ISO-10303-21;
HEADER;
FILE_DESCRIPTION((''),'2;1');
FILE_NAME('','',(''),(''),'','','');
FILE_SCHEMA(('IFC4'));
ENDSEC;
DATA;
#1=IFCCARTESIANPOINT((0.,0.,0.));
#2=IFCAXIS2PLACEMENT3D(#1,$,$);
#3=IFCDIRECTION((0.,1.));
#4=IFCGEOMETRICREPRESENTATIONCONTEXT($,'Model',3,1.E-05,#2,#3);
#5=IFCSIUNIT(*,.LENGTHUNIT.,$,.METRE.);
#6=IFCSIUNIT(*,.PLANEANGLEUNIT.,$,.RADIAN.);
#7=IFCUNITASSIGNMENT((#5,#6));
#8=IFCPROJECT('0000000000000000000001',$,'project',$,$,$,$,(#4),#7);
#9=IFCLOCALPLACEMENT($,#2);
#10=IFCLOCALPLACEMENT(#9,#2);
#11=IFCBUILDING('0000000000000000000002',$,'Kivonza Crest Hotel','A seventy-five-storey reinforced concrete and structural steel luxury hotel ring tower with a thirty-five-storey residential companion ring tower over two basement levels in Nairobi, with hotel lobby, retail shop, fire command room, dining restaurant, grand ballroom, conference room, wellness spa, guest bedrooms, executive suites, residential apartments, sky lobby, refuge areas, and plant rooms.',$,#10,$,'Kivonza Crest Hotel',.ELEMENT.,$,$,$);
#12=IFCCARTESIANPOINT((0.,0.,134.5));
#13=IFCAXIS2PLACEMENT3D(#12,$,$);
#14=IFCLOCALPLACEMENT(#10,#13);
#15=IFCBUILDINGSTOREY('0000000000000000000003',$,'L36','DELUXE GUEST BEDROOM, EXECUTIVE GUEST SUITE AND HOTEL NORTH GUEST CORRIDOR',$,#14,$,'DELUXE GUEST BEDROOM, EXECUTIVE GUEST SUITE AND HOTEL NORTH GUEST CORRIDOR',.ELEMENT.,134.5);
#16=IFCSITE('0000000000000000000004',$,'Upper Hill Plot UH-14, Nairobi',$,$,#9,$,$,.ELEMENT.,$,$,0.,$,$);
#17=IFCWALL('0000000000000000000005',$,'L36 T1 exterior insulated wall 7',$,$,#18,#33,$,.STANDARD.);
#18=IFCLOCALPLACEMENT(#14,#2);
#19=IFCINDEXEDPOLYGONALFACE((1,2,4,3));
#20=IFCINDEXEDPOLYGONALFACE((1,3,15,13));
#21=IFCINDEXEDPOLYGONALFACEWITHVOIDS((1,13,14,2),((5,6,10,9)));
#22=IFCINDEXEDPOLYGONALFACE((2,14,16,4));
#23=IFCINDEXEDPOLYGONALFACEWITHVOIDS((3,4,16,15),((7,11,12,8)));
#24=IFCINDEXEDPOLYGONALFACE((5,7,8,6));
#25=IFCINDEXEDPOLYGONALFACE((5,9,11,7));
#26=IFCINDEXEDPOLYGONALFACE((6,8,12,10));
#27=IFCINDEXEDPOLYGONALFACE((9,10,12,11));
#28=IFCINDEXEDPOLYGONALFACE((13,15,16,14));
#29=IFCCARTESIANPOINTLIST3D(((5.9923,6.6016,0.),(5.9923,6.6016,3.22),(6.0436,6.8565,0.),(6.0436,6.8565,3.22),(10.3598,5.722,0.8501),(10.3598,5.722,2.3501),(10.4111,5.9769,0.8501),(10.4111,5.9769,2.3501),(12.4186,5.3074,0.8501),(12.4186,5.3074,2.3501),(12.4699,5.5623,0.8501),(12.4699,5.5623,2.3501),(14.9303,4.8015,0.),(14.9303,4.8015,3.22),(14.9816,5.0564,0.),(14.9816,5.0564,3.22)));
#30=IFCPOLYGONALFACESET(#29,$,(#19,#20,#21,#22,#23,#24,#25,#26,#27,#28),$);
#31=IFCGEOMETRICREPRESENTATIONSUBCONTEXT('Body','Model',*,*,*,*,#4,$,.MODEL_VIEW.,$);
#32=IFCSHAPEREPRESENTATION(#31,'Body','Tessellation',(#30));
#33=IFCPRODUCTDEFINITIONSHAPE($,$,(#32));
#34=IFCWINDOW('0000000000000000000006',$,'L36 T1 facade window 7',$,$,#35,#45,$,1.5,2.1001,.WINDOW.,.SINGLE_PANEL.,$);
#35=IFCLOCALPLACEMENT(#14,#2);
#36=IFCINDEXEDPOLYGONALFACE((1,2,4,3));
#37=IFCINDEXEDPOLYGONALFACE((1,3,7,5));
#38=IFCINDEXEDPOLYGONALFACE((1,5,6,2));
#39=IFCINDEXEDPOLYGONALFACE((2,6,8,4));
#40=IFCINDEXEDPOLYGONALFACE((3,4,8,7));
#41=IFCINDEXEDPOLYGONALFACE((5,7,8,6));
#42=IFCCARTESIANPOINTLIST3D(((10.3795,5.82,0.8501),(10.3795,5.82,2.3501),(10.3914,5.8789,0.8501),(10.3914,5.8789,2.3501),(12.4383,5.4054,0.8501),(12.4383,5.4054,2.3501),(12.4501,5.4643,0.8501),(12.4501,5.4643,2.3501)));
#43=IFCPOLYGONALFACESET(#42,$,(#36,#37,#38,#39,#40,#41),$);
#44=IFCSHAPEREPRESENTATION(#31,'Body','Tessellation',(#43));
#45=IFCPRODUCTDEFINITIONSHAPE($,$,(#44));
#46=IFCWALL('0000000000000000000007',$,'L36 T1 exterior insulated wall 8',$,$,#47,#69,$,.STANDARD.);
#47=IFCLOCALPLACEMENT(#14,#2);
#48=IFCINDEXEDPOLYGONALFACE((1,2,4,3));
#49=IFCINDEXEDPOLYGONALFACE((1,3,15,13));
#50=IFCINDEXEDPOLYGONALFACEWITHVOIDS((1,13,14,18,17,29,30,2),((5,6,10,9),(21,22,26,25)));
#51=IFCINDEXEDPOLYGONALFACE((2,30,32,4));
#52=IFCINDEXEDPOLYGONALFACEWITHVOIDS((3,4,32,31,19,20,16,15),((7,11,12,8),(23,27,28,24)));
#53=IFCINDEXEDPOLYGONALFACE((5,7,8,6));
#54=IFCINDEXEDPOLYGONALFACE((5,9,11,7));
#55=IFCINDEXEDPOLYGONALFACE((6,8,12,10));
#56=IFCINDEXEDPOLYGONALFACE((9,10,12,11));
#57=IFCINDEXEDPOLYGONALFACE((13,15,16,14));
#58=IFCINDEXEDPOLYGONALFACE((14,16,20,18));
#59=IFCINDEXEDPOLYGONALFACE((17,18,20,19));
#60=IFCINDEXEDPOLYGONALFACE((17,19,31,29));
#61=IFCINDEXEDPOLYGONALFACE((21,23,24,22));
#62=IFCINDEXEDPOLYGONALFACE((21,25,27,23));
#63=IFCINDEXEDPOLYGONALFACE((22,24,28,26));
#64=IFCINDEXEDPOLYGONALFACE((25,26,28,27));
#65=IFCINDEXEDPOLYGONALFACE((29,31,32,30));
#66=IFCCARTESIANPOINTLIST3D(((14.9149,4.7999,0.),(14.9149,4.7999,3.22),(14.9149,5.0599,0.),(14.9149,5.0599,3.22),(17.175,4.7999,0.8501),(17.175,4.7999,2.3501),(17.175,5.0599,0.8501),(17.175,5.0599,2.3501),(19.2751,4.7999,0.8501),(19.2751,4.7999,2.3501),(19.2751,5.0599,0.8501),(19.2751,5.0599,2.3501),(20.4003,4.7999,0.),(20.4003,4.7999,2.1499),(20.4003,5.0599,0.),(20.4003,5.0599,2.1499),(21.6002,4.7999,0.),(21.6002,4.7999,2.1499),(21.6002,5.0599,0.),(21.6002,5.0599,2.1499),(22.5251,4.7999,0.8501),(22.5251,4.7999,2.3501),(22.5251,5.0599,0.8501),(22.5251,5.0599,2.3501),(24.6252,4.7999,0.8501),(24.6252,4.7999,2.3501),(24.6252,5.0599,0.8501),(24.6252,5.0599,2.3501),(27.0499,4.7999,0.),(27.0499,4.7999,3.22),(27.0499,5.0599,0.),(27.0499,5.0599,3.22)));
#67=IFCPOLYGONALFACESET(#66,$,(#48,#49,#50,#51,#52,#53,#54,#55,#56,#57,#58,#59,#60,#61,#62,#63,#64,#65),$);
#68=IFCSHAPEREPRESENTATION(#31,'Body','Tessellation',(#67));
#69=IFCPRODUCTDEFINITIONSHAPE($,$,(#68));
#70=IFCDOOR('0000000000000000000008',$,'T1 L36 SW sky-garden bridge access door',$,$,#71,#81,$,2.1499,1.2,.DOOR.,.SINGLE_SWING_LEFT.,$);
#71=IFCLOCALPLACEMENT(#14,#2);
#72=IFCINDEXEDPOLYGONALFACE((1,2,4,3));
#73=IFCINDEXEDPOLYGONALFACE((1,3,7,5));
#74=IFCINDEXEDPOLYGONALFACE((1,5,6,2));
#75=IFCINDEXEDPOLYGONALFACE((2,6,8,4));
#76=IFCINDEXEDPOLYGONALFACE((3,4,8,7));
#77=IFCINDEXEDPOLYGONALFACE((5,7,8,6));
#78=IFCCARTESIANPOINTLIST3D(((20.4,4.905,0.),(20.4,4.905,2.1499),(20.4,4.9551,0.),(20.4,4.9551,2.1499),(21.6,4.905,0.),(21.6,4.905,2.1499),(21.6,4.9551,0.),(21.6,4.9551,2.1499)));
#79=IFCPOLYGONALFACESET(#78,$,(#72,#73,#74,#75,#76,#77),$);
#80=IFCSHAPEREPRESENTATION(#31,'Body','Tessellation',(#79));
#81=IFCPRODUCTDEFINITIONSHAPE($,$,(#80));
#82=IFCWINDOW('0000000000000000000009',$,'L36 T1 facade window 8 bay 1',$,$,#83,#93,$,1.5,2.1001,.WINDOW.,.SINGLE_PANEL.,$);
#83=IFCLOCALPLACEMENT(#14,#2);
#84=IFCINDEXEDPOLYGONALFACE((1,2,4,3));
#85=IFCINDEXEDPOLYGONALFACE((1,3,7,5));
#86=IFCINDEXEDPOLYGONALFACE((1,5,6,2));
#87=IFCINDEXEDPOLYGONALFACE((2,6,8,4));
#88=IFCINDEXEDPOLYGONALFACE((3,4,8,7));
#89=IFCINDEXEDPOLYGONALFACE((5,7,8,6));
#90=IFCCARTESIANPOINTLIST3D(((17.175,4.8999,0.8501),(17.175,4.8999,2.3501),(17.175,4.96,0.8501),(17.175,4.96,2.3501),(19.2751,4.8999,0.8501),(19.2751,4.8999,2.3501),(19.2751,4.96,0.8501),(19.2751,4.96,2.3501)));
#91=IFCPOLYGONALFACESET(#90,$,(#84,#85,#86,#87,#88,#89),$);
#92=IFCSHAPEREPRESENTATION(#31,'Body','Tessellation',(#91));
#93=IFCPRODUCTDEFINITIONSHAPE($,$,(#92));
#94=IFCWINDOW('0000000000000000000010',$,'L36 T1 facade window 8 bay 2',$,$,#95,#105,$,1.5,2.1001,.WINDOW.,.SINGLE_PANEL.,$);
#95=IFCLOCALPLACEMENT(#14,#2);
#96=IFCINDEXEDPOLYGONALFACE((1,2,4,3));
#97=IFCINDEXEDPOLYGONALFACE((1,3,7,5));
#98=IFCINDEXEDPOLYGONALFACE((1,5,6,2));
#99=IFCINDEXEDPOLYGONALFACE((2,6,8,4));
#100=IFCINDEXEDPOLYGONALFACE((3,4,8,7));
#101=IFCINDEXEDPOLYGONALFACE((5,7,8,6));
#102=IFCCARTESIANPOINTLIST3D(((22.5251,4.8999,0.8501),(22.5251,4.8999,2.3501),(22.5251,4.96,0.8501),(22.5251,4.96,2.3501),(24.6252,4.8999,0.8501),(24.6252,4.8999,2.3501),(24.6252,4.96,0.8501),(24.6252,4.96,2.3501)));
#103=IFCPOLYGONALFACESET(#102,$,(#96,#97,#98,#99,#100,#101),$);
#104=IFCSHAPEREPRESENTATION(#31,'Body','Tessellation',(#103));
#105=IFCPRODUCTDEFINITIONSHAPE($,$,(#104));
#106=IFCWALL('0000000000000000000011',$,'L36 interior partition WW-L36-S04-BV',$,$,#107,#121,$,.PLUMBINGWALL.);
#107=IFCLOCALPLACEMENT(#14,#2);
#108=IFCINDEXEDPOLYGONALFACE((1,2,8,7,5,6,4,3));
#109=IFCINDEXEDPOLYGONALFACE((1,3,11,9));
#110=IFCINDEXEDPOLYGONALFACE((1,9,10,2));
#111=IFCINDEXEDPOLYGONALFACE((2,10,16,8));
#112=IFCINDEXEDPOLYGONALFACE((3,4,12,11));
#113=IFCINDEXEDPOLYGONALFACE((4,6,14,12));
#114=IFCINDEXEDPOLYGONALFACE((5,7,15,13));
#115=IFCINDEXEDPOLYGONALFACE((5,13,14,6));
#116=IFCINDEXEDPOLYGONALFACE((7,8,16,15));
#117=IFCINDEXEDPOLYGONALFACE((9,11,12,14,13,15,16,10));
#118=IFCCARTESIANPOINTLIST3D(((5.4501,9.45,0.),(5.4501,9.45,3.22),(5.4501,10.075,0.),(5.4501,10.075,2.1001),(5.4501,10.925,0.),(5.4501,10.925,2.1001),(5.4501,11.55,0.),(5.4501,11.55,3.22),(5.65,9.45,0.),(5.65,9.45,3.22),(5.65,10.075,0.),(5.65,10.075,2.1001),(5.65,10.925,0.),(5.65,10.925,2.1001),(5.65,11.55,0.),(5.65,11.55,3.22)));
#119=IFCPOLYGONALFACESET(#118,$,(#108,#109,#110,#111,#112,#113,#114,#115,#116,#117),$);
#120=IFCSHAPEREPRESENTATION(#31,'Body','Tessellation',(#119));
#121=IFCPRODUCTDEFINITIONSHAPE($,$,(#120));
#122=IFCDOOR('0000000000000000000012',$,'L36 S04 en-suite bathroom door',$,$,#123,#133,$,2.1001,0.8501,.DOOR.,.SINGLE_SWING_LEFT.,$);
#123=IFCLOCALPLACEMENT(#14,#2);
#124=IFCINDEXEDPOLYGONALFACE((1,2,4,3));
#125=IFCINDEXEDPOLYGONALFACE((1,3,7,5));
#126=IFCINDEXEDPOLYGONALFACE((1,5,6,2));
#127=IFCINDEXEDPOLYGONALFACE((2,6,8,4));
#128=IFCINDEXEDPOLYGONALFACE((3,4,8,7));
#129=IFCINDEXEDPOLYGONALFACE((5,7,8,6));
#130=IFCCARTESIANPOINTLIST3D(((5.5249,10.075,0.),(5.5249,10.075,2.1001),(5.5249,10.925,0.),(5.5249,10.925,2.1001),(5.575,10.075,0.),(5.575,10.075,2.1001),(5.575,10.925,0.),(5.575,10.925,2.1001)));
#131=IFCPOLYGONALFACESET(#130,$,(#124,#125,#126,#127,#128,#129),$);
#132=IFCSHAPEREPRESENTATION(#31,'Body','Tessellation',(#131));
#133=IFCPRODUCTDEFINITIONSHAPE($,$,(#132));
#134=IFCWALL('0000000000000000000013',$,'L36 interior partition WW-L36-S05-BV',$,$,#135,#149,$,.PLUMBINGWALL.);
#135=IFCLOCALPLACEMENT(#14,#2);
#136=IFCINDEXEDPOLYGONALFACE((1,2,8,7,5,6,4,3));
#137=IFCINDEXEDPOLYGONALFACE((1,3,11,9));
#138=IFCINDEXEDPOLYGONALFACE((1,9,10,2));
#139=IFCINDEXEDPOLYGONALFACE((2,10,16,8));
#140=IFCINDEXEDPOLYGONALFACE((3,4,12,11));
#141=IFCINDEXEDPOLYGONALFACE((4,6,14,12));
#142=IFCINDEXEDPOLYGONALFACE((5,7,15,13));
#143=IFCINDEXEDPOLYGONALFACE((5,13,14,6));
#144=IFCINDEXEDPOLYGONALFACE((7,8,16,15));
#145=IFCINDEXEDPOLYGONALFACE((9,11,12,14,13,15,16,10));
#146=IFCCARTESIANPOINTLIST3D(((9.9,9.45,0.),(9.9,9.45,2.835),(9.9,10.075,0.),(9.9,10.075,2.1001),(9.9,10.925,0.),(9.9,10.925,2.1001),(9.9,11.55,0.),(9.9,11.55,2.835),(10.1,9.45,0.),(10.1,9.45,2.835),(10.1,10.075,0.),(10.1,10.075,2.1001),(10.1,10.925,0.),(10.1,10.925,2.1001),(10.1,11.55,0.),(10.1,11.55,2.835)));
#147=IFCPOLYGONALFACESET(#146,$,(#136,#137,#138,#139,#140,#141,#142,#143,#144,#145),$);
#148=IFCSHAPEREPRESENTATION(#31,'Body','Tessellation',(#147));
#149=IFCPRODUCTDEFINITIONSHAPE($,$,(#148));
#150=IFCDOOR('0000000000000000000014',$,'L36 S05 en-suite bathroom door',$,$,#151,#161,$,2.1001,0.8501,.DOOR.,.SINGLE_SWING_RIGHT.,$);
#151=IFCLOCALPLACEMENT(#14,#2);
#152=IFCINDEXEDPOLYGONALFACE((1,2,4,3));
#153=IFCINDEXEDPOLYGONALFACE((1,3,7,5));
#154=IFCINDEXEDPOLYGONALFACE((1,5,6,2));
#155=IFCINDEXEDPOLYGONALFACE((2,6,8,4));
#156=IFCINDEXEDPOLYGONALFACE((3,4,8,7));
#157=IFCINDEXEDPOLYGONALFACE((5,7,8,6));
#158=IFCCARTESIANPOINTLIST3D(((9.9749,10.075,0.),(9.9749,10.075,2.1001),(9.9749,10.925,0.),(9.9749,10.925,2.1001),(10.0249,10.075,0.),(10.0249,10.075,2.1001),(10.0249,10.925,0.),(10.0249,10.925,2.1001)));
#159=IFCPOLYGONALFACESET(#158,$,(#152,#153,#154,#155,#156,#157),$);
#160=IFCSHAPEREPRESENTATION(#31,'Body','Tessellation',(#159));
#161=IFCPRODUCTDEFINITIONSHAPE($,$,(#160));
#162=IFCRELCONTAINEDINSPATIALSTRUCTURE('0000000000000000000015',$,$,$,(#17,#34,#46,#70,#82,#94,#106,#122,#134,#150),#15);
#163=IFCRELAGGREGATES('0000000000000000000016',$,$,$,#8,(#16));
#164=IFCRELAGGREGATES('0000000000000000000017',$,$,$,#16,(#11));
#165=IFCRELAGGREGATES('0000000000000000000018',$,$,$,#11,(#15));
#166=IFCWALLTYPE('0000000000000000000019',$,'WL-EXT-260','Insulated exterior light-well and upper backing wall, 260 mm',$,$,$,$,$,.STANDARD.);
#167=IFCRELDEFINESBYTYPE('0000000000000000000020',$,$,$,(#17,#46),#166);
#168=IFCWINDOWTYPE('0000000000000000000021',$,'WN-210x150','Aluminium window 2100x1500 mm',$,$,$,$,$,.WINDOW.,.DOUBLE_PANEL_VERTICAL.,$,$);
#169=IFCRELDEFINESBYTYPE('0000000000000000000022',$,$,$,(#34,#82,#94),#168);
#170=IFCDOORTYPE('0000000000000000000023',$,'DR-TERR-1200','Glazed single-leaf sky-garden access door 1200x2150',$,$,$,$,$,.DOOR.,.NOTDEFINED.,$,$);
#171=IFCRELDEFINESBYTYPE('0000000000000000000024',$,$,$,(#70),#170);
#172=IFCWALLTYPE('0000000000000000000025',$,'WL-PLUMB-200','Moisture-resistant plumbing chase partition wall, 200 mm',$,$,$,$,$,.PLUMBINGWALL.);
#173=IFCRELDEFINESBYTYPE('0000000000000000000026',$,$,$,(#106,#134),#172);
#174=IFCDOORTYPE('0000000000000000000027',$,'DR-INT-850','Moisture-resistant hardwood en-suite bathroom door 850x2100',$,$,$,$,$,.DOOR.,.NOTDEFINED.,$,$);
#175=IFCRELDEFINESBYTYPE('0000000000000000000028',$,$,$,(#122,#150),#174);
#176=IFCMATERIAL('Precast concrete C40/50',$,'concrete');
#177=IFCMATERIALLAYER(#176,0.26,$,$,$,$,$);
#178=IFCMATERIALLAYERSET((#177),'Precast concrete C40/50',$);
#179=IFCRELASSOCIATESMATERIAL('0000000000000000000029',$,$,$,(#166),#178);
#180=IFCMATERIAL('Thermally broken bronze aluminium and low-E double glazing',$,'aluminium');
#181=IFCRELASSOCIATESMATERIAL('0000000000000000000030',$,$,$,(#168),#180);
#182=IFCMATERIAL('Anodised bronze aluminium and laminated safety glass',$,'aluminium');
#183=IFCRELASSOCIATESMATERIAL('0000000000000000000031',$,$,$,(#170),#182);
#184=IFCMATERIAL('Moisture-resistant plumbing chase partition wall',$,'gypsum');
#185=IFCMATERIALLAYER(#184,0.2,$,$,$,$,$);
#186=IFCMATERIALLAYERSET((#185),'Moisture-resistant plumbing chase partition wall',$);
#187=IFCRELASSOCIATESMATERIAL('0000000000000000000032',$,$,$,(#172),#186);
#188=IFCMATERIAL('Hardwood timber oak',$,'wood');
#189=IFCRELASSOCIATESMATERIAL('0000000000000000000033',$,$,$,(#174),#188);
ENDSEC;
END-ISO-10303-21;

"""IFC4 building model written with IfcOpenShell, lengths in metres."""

from ifc_helpers import new_model, si_unit, direction, frame, frame_2d, origin, place, context, subcontext, project, spatial, rectangle, extrude, material, layer, layer_set, type_object, element, fill, save


model = new_model("IFC4")

# Units and contexts
model_context = context("Model", 3, precision=1e-05, world=origin(), true_north=direction((0.0, 1.0)))
body_context = subcontext(model_context, "Body", "Model", "MODEL_VIEW")
ifc_project = project(units=[si_unit("LENGTHUNIT", "METRE"), si_unit("PLANEANGLEUNIT", "RADIAN")], contexts=[model_context])

# Site, building, storey
site_placement = place(None, origin())
site = spatial("IfcSite", under=ifc_project, at=site_placement, Name="Upper Hill Plot UH-14, Nairobi", CompositionType="ELEMENT", RefElevation=0.0)
building_placement = place(site_placement, origin())
building = spatial("IfcBuilding", under=site, at=building_placement, Name="Kivonza Crest Hotel", Description="A seventy-five-storey reinforced concrete and structural steel luxury hotel ring tower with a thirty-five-storey residential companion ring tower over two basement levels in Nairobi, with hotel lobby, retail shop, fire command room, dining restaurant, grand ballroom, conference room, wellness spa, guest bedrooms, executive suites, residential apartments, sky lobby, refuge areas, and plant rooms.", LongName="Kivonza Crest Hotel", CompositionType="ELEMENT")
storey_placement = place(building_placement, frame((0.0, 0.0, 134.5)))
storey = spatial("IfcBuildingStorey", under=building, at=storey_placement, Name="L36", Description="DELUXE GUEST BEDROOM, EXECUTIVE GUEST SUITE AND HOTEL NORTH GUEST CORRIDOR", LongName="DELUXE GUEST BEDROOM, EXECUTIVE GUEST SUITE AND HOTEL NORTH GUEST CORRIDOR", CompositionType="ELEMENT", Elevation=134.5)

# Shared definitions
ifc_material_1 = material(Name="Hardwood timber oak", Category="wood")

# Shared definitions
ifc_material_2 = material(Name="Precast concrete C40/50", Category="concrete")
ifc_layer_1 = layer(ifc_material_2, 0.26)
ifc_layer_set_1 = layer_set([ifc_layer_1], Name="Precast concrete C40/50")
wall_type_1 = type_object("IfcWallType", Name="WL-EXT-260", Description="Insulated exterior light-well and upper backing wall, 260 mm", PredefinedType="STANDARD", material=ifc_layer_set_1)

# Wall, opening, window
ifc_material_3 = material(Name="Thermally broken bronze aluminium and low-E double glazing", Category="aluminium")
wall_1_placement = place(storey_placement, frame((6.0181, 6.729, 0.0), z_axis=(0.0, 0.0, 1.0), x_axis=(0.980317, -0.197429, 0.0)))
wall_1 = element("IfcWall", 1, at=wall_1_placement, inside=storey, type_object=wall_type_1, Name="L36 T1 exterior insulated wall 7", PredefinedType="STANDARD", context=body_context, shape_type="SweptSolid", body=[
    extrude(rectangle(XDim=9.1174, YDim=0.26, at=frame_2d((4.5586, 0.0))), origin(), (0.0, 0.0, 1.0), 3.22),
])
opening_1_placement = place(wall_1_placement, frame((4.4551, 0.0, 0.8501)))
opening_1 = element("IfcOpeningElement", 2, at=opening_1_placement, cuts=wall_1, PredefinedType="OPENING", context=body_context, shape_type="SweptSolid", body=[
    extrude(rectangle(XDim=2.1001, YDim=1.5, at=frame_2d((1.05, 0.75))), frame((0.0, 0.1401, 0.0), z_axis=(0.0, -1.0, 0.0), x_axis=(1.0, 0.0, 0.0)), (0.0, 0.0, 1.0), 0.28),
])
window_type_1 = type_object("IfcWindowType", Name="WN-210x150", Description="Aluminium window 2100x1500 mm", PartitioningType="DOUBLE_PANEL_VERTICAL", PredefinedType="WINDOW", material=ifc_material_3)
window_1_placement = place(opening_1_placement, origin())
window_1 = element("IfcWindow", 3, at=window_1_placement, inside=storey, type_object=window_type_1, Name="L36 T1 facade window 7", OverallHeight=1.5, OverallWidth=2.1001, PartitioningType="SINGLE_PANEL", PredefinedType="WINDOW", context=body_context, shape_type="SweptSolid", body=[
    extrude(rectangle(XDim=2.1001, YDim=1.5, at=frame_2d((1.05, 0.75))), frame((0.0, 0.03, 0.0), z_axis=(0.0, -1.0, 0.0), x_axis=(1.0, 0.0, 0.0)), (0.0, 0.0, 1.0), 0.0601),
])
fill(opening_1, window_1)

# Wall, openings, door, windows
wall_2_placement = place(storey_placement, frame((14.915, 4.9299, 0.0), z_axis=(0.0, 0.0, 1.0), x_axis=(1.0, 0.0, 0.0)))
wall_2 = element("IfcWall", 4, at=wall_2_placement, inside=storey, type_object=wall_type_1, Name="L36 T1 exterior insulated wall 8", PredefinedType="STANDARD", context=body_context, shape_type="SweptSolid", body=[
    extrude(rectangle(XDim=12.135, YDim=0.26, at=frame_2d((6.0674, 0.0))), origin(), (0.0, 0.0, 1.0), 3.22),
])
opening_2_placement = place(wall_2_placement, frame((5.4851, 0.0, 0.0)))
opening_2 = element("IfcOpeningElement", 5, at=opening_2_placement, cuts=wall_2, PredefinedType="OPENING", context=body_context, shape_type="SweptSolid", body=[
    extrude(rectangle(XDim=1.2, YDim=2.1499, at=frame_2d((0.6001, 1.075))), frame((0.0, 0.1401, 0.0), z_axis=(0.0, -1.0, 0.0), x_axis=(1.0, 0.0, 0.0)), (0.0, 0.0, 1.0), 0.28),
])
opening_3_placement = place(wall_2_placement, frame((2.26, 0.0, 0.8501)))
opening_3 = element("IfcOpeningElement", 6, at=opening_3_placement, cuts=wall_2, PredefinedType="OPENING", context=body_context, shape_type="SweptSolid", body=[
    extrude(rectangle(XDim=2.1001, YDim=1.5, at=frame_2d((1.05, 0.75))), frame((0.0, 0.1401, 0.0), z_axis=(0.0, -1.0, 0.0), x_axis=(1.0, 0.0, 0.0)), (0.0, 0.0, 1.0), 0.28),
])
opening_4_placement = place(wall_2_placement, frame((7.6101, 0.0, 0.8501)))
opening_4 = element("IfcOpeningElement", 7, at=opening_4_placement, cuts=wall_2, PredefinedType="OPENING", context=body_context, shape_type="SweptSolid", body=[
    extrude(rectangle(XDim=2.1001, YDim=1.5, at=frame_2d((1.05, 0.75))), frame((0.0, 0.1401, 0.0), z_axis=(0.0, -1.0, 0.0), x_axis=(1.0, 0.0, 0.0)), (0.0, 0.0, 1.0), 0.28),
])
ifc_material_4 = material(Name="Anodised bronze aluminium and laminated safety glass", Category="aluminium")
door_type_1 = type_object("IfcDoorType", Name="DR-TERR-1200", Description="Glazed single-leaf sky-garden access door 1200x2150", OperationType="NOTDEFINED", PredefinedType="DOOR", material=ifc_material_4)
door_1_placement = place(opening_2_placement, frame((1.2, 0.0, 0.0), z_axis=(0.0, 0.0, 1.0), x_axis=(-1.0, 0.0, 0.0)))
door_1 = element("IfcDoor", 8, at=door_1_placement, inside=storey, type_object=door_type_1, Name="T1 L36 SW sky-garden bridge access door", OperationType="SINGLE_SWING_LEFT", OverallHeight=2.1499, OverallWidth=1.2, PredefinedType="DOOR", context=body_context, shape_type="SweptSolid", body=[
    extrude(rectangle(XDim=1.2, YDim=2.1499, at=frame_2d((0.6001, 1.075))), frame((0.0, 0.0249, 0.0), z_axis=(0.0, -1.0, 0.0), x_axis=(1.0, 0.0, 0.0)), (0.0, 0.0, 1.0), 0.05),
])
fill(opening_2, door_1)
window_2_placement = place(opening_3_placement, origin())
window_2 = element("IfcWindow", 9, at=window_2_placement, inside=storey, type_object=window_type_1, Name="L36 T1 facade window 8 bay 1", OverallHeight=1.5, OverallWidth=2.1001, PartitioningType="SINGLE_PANEL", PredefinedType="WINDOW", context=body_context, shape_type="SweptSolid", body=[
    extrude(rectangle(XDim=2.1001, YDim=1.5, at=frame_2d((1.05, 0.75))), frame((0.0, 0.03, 0.0), z_axis=(0.0, -1.0, 0.0), x_axis=(1.0, 0.0, 0.0)), (0.0, 0.0, 1.0), 0.0601),
])
fill(opening_3, window_2)
window_3_placement = place(opening_4_placement, origin())
window_3 = element("IfcWindow", 10, at=window_3_placement, inside=storey, type_object=window_type_1, Name="L36 T1 facade window 8 bay 2", OverallHeight=1.5, OverallWidth=2.1001, PartitioningType="SINGLE_PANEL", PredefinedType="WINDOW", context=body_context, shape_type="SweptSolid", body=[
    extrude(rectangle(XDim=2.1001, YDim=1.5, at=frame_2d((1.05, 0.75))), frame((0.0, 0.03, 0.0), z_axis=(0.0, -1.0, 0.0), x_axis=(1.0, 0.0, 0.0)), (0.0, 0.0, 1.0), 0.0601),
])
fill(opening_4, window_3)

# Walls, openings, doors
ifc_material_5 = material(Name="Moisture-resistant plumbing chase partition wall", Category="gypsum")
ifc_layer_2 = layer(ifc_material_5, 0.2)
ifc_layer_set_2 = layer_set([ifc_layer_2], Name="Moisture-resistant plumbing chase partition wall")
wall_type_2 = type_object("IfcWallType", Name="WL-PLUMB-200", Description="Moisture-resistant plumbing chase partition wall, 200 mm", PredefinedType="PLUMBINGWALL", material=ifc_layer_set_2)
wall_3_placement = place(storey_placement, frame((5.55, 9.45, 0.0), z_axis=(0.0, 0.0, 1.0), x_axis=(0.0, 1.0, 0.0)))
wall_3 = element("IfcWall", 11, at=wall_3_placement, inside=storey, type_object=wall_type_2, Name="L36 interior partition WW-L36-S04-BV", PredefinedType="PLUMBINGWALL", context=body_context, shape_type="SweptSolid", body=[
    extrude(rectangle(XDim=2.1001, YDim=0.2, at=frame_2d((1.05, 0.0))), origin(), (0.0, 0.0, 1.0), 3.22),
])
opening_5_placement = place(wall_3_placement, frame((0.625, 0.0, 0.0)))
opening_5 = element("IfcOpeningElement", 12, at=opening_5_placement, cuts=wall_3, PredefinedType="OPENING", context=body_context, shape_type="SweptSolid", body=[
    extrude(rectangle(XDim=0.8501, YDim=2.1001, at=frame_2d((0.425, 1.05))), frame((0.0, 0.1099, 0.0), z_axis=(0.0, -1.0, 0.0), x_axis=(1.0, 0.0, 0.0)), (0.0, 0.0, 1.0), 0.22),
])
door_type_2 = type_object("IfcDoorType", Name="DR-INT-850", Description="Moisture-resistant hardwood en-suite bathroom door 850x2100", OperationType="NOTDEFINED", PredefinedType="DOOR", material=ifc_material_1)
door_2_placement = place(opening_5_placement, frame((0.8501, 0.0, 0.0), z_axis=(0.0, 0.0, 1.0), x_axis=(-1.0, 0.0, 0.0)))
door_2 = element("IfcDoor", 13, at=door_2_placement, inside=storey, type_object=door_type_2, Name="L36 S04 en-suite bathroom door", OperationType="SINGLE_SWING_LEFT", OverallHeight=2.1001, OverallWidth=0.8501, PredefinedType="DOOR", context=body_context, shape_type="SweptSolid", body=[
    extrude(rectangle(XDim=0.8501, YDim=2.1001, at=frame_2d((0.425, 1.05))), frame((0.0, 0.0249, 0.0), z_axis=(0.0, -1.0, 0.0), x_axis=(1.0, 0.0, 0.0)), (0.0, 0.0, 1.0), 0.05),
])
fill(opening_5, door_2)
wall_4_placement = place(storey_placement, frame((10.0, 9.45, 0.0), z_axis=(0.0, 0.0, 1.0), x_axis=(0.0, 1.0, 0.0)))
wall_4 = element("IfcWall", 14, at=wall_4_placement, inside=storey, type_object=wall_type_2, Name="L36 interior partition WW-L36-S05-BV", PredefinedType="PLUMBINGWALL", context=body_context, shape_type="SweptSolid", body=[
    extrude(rectangle(XDim=2.1001, YDim=0.2, at=frame_2d((1.05, 0.0))), origin(), (0.0, 0.0, 1.0), 2.835),
])
opening_6_placement = place(wall_4_placement, frame((0.625, 0.0, 0.0)))
opening_6 = element("IfcOpeningElement", 15, at=opening_6_placement, cuts=wall_4, PredefinedType="OPENING", context=body_context, shape_type="SweptSolid", body=[
    extrude(rectangle(XDim=0.8501, YDim=2.1001, at=frame_2d((0.425, 1.05))), frame((0.0, 0.1099, 0.0), z_axis=(0.0, -1.0, 0.0), x_axis=(1.0, 0.0, 0.0)), (0.0, 0.0, 1.0), 0.22),
])
door_3_placement = place(opening_6_placement, frame((0.8501, 0.0, 0.0), z_axis=(0.0, 0.0, 1.0), x_axis=(-1.0, 0.0, 0.0)))
door_3 = element("IfcDoor", 16, at=door_3_placement, inside=storey, type_object=door_type_2, Name="L36 S05 en-suite bathroom door", OperationType="SINGLE_SWING_RIGHT", OverallHeight=2.1001, OverallWidth=0.8501, PredefinedType="DOOR", context=body_context, shape_type="SweptSolid", body=[
    extrude(rectangle(XDim=0.8501, YDim=2.1001, at=frame_2d((0.425, 1.05))), frame((0.0, 0.0249, 0.0), z_axis=(0.0, -1.0, 0.0), x_axis=(1.0, 0.0, 0.0)), (0.0, 0.0, 1.0), 0.05),
])
fill(opening_6, door_3)

save(model, "model.ifc")
